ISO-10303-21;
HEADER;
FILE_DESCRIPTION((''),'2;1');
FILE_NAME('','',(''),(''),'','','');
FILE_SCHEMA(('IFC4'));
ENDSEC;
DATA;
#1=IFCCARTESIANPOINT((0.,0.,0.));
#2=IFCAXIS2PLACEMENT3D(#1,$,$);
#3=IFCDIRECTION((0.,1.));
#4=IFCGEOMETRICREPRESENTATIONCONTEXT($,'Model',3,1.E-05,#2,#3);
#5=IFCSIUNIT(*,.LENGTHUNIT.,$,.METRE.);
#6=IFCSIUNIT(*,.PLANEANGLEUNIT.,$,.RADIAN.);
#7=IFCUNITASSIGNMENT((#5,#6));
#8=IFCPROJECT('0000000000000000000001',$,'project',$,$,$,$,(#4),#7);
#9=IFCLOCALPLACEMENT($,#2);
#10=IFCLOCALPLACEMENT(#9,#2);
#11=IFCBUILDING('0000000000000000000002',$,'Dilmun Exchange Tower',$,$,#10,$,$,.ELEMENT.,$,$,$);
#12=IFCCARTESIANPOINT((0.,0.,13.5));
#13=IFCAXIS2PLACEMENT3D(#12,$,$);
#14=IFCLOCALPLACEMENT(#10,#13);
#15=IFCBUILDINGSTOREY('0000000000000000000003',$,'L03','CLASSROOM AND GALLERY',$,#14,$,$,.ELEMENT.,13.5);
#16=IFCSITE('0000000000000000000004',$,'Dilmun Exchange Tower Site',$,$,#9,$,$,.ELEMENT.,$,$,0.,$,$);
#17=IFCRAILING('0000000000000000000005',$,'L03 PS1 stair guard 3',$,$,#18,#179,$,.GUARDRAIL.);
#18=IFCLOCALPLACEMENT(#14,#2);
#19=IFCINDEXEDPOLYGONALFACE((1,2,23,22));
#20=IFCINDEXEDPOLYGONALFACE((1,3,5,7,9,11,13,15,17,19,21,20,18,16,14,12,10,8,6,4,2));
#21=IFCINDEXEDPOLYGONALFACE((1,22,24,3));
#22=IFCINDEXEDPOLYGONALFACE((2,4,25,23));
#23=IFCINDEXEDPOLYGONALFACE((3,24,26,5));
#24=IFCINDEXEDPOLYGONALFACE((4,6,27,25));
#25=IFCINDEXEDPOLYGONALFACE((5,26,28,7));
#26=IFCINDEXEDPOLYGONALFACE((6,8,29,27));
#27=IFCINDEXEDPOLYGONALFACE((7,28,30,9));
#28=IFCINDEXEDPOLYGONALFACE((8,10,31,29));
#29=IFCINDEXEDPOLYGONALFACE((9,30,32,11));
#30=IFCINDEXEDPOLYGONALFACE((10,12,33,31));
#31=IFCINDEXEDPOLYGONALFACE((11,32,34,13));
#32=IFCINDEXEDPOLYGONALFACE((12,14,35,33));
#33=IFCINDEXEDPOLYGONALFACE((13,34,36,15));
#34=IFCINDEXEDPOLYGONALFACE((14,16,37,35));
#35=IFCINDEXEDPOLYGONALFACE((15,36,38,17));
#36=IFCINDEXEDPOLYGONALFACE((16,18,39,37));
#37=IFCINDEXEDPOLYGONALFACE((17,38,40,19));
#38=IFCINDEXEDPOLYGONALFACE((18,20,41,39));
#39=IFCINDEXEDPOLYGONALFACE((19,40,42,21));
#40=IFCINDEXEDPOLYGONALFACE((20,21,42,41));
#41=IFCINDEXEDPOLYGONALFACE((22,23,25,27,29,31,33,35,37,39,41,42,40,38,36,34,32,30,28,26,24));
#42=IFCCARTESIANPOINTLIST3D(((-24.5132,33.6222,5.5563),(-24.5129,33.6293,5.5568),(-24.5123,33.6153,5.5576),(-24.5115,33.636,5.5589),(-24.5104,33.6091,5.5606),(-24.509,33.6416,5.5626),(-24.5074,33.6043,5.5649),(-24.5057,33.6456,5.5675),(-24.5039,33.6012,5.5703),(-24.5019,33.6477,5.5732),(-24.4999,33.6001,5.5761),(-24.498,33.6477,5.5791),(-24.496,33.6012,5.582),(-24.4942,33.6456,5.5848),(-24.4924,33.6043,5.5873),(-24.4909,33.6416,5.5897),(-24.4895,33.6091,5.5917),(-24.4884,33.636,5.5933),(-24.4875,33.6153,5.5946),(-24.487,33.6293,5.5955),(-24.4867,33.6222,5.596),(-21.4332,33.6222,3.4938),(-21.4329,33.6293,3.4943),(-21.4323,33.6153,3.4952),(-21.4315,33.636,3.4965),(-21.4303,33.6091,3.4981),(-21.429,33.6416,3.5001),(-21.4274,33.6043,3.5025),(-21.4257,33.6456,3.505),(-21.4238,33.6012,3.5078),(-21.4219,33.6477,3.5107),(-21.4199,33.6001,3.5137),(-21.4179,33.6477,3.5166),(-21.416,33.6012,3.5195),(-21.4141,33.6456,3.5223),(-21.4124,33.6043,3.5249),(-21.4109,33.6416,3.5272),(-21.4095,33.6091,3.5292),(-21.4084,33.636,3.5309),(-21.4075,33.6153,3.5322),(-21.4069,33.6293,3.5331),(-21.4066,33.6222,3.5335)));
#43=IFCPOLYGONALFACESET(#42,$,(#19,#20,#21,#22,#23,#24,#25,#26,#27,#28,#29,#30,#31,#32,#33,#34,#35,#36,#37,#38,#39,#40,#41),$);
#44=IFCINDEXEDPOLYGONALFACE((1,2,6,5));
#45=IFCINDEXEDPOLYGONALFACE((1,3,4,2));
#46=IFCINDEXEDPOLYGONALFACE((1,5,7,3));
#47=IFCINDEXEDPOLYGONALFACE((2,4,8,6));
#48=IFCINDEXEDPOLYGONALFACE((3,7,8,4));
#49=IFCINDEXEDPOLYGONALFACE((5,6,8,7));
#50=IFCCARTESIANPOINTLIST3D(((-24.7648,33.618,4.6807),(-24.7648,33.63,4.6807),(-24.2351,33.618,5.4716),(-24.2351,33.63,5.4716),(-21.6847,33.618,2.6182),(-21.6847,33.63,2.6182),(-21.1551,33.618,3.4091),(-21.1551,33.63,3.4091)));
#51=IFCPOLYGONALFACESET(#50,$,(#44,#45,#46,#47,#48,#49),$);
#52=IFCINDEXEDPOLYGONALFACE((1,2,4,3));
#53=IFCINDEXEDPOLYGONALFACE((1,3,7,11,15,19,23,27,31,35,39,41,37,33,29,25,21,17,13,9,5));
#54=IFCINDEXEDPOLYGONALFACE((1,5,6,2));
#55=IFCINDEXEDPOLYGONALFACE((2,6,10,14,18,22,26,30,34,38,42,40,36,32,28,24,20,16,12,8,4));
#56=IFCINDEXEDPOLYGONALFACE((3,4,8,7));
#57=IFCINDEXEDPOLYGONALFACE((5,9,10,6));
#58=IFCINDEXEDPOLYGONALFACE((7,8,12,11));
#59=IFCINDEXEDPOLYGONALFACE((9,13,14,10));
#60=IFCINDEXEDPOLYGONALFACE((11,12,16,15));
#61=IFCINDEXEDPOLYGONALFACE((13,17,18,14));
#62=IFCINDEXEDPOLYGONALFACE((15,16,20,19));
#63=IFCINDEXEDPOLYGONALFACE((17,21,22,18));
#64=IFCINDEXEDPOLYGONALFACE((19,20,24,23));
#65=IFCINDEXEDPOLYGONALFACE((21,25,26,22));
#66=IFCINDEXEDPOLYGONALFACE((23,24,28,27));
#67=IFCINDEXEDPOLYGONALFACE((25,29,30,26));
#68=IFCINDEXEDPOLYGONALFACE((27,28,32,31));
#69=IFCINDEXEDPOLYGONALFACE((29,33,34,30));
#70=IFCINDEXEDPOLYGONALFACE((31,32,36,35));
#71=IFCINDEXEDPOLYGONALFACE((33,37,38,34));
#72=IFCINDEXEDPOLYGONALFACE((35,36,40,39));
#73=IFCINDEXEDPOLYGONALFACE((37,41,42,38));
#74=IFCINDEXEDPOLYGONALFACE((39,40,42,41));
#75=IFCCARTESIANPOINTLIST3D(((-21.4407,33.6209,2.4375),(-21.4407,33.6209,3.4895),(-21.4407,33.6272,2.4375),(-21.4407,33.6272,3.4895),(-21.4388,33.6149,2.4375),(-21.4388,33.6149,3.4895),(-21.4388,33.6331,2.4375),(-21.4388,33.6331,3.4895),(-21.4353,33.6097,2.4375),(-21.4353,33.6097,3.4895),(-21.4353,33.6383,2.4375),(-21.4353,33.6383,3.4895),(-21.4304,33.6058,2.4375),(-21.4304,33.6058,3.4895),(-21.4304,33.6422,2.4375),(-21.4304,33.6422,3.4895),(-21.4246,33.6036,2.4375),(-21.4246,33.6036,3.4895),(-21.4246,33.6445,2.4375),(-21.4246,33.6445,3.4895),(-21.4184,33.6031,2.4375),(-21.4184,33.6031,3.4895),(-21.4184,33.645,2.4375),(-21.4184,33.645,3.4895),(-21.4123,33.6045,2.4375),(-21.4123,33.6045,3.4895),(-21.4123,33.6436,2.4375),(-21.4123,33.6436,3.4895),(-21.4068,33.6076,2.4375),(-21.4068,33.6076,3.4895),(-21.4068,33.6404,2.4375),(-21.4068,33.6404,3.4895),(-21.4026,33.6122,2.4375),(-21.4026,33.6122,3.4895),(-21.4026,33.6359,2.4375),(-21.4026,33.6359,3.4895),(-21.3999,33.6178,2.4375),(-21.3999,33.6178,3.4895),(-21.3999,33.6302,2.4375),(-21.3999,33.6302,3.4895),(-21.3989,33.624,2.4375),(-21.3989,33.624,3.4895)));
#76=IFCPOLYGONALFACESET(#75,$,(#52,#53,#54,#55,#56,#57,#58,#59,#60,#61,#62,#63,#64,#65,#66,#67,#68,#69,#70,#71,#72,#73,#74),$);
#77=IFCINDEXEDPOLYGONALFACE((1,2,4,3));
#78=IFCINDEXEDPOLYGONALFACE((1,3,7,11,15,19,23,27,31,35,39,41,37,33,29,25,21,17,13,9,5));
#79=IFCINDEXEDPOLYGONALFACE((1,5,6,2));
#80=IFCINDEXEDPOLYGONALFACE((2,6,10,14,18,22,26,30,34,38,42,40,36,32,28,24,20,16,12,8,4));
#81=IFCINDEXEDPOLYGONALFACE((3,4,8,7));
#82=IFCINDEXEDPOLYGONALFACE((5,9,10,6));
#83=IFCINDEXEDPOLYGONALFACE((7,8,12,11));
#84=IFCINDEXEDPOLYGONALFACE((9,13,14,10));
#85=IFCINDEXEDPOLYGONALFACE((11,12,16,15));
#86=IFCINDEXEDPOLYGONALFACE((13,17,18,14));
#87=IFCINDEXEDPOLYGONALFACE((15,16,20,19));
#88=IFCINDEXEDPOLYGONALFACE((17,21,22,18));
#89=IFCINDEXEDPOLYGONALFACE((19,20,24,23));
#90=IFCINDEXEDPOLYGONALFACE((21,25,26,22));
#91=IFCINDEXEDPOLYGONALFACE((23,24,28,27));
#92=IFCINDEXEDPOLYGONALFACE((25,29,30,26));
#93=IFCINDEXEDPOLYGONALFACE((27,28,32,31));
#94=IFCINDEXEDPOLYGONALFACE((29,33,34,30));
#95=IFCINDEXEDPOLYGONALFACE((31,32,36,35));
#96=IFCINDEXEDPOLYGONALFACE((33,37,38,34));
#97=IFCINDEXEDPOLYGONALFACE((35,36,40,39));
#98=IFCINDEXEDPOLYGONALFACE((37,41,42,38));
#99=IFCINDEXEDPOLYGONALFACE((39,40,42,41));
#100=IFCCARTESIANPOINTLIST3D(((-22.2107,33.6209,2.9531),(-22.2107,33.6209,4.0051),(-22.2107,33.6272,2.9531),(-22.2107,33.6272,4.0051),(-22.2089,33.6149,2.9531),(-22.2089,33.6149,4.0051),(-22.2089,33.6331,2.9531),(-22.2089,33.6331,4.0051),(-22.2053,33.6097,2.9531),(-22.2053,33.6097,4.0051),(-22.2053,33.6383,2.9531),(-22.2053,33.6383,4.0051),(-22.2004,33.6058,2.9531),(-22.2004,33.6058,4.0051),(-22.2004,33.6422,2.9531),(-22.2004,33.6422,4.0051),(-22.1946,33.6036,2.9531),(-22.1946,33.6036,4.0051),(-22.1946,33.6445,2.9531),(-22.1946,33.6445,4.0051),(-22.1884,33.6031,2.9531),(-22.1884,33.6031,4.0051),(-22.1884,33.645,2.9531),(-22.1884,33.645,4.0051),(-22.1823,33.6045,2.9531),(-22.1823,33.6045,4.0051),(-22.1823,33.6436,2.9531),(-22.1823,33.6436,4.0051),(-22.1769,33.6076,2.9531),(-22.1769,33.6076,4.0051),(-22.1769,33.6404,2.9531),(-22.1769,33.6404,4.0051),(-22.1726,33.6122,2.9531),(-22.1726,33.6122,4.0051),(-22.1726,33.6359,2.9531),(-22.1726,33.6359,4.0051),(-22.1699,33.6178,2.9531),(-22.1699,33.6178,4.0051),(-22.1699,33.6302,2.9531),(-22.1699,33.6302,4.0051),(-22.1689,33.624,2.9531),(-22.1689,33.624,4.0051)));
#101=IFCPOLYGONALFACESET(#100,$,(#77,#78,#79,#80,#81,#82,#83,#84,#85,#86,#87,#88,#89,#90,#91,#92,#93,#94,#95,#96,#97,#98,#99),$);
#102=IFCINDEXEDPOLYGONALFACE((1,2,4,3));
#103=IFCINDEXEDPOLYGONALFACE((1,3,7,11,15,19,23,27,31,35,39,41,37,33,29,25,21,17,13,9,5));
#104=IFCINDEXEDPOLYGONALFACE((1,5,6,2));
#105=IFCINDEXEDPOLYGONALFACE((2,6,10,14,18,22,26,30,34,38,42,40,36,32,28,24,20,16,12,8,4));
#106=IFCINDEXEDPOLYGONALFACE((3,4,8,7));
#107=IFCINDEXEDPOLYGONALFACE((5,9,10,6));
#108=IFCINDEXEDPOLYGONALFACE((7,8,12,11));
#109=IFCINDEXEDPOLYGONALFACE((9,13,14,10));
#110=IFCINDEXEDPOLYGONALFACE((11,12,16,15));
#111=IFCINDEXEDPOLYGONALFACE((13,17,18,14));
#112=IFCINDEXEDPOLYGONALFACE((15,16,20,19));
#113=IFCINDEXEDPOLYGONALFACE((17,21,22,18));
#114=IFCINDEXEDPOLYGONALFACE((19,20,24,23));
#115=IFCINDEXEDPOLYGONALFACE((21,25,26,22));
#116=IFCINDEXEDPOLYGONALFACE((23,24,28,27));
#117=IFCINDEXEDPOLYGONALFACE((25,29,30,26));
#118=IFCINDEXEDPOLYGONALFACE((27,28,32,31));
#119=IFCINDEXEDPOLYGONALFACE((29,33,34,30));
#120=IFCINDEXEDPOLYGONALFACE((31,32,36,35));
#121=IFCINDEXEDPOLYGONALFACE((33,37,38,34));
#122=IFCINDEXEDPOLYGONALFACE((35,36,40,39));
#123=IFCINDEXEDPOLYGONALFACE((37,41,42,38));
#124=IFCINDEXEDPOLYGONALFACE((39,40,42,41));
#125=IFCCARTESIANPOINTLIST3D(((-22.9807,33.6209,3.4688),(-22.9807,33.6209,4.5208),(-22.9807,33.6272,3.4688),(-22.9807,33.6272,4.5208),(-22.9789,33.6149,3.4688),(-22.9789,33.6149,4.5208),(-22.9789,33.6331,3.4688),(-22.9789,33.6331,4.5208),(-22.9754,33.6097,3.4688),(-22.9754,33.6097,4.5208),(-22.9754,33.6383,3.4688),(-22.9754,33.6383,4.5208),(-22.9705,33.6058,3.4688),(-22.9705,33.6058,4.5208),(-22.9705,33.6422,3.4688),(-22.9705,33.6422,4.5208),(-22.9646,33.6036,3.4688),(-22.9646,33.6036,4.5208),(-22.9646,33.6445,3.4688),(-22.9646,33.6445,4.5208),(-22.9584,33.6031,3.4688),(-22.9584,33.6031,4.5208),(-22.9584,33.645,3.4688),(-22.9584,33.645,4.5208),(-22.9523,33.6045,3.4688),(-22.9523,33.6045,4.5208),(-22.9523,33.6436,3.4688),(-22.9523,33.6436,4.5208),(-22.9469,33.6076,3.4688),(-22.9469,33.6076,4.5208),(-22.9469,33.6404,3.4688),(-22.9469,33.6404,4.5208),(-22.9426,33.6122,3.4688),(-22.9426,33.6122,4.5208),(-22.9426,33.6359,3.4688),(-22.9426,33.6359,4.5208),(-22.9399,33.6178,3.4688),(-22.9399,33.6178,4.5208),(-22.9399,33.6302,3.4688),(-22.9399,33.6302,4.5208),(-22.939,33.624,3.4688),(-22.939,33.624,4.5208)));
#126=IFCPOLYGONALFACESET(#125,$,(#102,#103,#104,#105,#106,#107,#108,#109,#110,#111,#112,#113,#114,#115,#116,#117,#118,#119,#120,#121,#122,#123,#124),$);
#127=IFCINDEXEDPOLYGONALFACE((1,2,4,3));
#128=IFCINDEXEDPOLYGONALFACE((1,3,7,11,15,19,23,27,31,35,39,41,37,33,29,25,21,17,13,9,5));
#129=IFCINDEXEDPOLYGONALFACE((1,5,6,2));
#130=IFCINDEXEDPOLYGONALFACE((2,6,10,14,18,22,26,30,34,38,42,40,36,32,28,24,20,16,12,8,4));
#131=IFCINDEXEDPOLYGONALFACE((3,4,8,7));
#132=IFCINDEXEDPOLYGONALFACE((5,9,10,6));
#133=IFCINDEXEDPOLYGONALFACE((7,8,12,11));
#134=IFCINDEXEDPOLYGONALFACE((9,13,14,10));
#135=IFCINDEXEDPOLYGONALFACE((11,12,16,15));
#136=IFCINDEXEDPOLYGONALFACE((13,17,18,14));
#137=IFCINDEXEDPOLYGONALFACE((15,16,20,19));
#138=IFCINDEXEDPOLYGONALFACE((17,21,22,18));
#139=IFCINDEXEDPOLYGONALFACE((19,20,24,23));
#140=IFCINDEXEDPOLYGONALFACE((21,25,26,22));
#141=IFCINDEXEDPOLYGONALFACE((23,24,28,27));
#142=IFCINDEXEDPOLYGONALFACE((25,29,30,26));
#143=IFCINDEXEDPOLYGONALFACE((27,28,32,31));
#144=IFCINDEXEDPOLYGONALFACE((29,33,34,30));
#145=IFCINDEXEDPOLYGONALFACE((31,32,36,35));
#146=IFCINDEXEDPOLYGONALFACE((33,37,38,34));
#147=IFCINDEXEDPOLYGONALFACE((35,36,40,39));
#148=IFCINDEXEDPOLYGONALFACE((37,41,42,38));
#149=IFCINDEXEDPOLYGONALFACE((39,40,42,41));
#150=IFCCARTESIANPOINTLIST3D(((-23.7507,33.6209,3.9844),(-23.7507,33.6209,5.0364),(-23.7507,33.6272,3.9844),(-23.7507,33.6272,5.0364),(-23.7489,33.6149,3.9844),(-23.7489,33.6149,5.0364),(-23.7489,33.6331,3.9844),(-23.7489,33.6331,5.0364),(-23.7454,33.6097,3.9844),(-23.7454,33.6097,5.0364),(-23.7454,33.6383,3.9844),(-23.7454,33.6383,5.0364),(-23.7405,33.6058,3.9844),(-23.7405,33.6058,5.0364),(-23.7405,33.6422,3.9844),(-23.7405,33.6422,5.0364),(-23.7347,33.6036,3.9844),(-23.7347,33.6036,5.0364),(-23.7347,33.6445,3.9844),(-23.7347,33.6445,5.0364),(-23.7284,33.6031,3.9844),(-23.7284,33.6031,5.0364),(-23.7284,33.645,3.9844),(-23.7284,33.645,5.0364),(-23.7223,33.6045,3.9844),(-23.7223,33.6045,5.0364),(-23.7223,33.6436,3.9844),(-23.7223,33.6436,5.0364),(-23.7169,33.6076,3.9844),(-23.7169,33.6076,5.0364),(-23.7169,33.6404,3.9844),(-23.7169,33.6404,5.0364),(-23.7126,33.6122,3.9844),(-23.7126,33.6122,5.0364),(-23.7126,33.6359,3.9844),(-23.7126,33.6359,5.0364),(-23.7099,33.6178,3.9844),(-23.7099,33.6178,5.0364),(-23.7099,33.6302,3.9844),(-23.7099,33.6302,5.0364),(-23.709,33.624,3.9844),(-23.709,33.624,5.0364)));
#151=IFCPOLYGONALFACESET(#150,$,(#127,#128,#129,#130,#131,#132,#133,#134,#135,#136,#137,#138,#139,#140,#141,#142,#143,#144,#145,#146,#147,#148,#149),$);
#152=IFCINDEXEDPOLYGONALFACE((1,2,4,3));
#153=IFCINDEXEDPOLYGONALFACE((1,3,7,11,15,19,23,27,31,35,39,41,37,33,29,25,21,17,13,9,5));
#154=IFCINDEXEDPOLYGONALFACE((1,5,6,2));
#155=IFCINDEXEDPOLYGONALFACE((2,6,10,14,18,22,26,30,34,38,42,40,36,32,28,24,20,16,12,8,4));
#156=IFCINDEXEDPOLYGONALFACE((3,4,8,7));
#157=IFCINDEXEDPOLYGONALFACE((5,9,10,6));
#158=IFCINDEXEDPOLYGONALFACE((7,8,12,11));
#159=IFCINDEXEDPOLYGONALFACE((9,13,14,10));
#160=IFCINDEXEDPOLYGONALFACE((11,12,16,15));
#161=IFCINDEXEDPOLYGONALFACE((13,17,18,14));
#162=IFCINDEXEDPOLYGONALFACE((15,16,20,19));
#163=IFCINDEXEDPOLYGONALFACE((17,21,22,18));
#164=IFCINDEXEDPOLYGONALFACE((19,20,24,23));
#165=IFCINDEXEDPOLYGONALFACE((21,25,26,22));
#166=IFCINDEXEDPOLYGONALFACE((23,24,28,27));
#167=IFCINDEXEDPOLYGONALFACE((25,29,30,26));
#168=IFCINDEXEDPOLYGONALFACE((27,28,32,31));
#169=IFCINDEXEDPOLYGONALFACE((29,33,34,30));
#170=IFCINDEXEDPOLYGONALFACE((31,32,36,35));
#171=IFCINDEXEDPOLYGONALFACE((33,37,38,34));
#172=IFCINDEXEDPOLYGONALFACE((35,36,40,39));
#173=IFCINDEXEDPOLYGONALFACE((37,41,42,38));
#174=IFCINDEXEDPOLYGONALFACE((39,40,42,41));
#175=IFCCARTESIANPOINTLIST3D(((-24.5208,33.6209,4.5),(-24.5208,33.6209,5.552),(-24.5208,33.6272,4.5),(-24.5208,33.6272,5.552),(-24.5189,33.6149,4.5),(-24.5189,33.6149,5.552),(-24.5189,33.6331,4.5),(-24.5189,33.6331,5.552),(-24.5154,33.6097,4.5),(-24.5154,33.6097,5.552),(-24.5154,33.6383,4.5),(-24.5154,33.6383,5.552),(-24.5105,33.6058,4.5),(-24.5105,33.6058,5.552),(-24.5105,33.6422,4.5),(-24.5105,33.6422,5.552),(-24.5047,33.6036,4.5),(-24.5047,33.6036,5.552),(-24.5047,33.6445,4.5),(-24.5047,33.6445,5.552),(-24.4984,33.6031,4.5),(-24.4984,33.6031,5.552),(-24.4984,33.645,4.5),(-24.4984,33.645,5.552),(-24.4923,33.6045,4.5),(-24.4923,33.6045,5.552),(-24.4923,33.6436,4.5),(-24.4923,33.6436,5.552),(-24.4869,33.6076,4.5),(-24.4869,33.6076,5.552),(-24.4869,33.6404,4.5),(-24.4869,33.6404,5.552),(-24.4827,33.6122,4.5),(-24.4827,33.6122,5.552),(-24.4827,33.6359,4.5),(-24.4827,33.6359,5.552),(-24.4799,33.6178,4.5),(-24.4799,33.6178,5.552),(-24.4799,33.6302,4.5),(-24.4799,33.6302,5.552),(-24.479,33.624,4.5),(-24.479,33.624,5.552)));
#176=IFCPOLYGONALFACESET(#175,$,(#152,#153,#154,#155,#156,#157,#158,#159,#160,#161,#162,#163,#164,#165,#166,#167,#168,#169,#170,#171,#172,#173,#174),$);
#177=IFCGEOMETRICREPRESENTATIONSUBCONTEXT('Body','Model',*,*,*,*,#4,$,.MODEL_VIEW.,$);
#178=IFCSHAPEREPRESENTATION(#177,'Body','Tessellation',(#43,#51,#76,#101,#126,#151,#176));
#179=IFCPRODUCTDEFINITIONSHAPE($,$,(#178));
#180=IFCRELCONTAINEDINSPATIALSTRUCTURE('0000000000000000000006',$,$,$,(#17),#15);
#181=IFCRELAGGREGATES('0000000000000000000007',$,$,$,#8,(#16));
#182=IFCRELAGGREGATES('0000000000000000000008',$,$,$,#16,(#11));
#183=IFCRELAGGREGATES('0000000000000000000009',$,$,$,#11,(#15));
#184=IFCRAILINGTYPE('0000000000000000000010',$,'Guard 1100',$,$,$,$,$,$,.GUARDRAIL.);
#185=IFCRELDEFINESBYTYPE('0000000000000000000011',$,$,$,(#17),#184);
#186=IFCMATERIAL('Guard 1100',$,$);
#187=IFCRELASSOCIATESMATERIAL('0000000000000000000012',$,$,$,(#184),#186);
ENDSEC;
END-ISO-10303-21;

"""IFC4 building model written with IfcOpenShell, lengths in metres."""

from ifc_helpers import new_model, si_unit, direction, frame, origin, origin_2d, place, context, subcontext, project, spatial, rectangle, circle, extrude, material, type_object, element, save


model = new_model("IFC4")

# Units and contexts
model_context = context("Model", 3, precision=1e-05, world=origin(), true_north=direction((0.0, 1.0)))
body_context = subcontext(model_context, "Body", "Model", "MODEL_VIEW")
ifc_project = project(units=[si_unit("LENGTHUNIT", "METRE"), si_unit("PLANEANGLEUNIT", "RADIAN")], contexts=[model_context])

# Site, building, storey
site_placement = place(None, origin())
site = spatial("IfcSite", under=ifc_project, at=site_placement, Name="Dilmun Exchange Tower Site", CompositionType="ELEMENT", RefElevation=0.0)
building_placement = place(site_placement, origin())
building = spatial("IfcBuilding", under=site, at=building_placement, Name="Dilmun Exchange Tower", CompositionType="ELEMENT")
storey_placement = place(building_placement, frame((0.0, 0.0, 13.5)))
storey = spatial("IfcBuildingStorey", under=building, at=storey_placement, Name="L03", Description="CLASSROOM AND GALLERY", CompositionType="ELEMENT", Elevation=13.5)

# Railing
ifc_material_1 = material(Name="Guard 1100")
railing_type_1 = type_object("IfcRailingType", Name="Guard 1100", PredefinedType="GUARDRAIL", material=ifc_material_1)
railing_1_placement = place(storey_placement, frame((-21.4199, 33.624, 2.4375)))
element("IfcRailing", 1, at=railing_1_placement, inside=storey, type_object=railing_type_1, Name="L03 PS1 stair guard 3", PredefinedType="GUARDRAIL", context=body_context, shape_type="SweptSolid", body=[
    extrude(circle(Radius=0.0239, at=origin_2d()), frame((0.0, 0.0, 1.0762), z_axis=(-0.830914, 0.0, 0.556401), x_axis=(0.0, -1.0, 0.0)), (0.0, 0.0, 1.0), 3.7068),
    extrude(rectangle(XDim=0.012, YDim=0.9519, at=origin_2d()), frame((0.0, 0.0, 0.5762), z_axis=(-0.830914, 0.0, 0.556401), x_axis=(0.0, -1.0, 0.0)), (0.0, 0.0, 1.0), 3.7068),
    extrude(circle(Radius=0.021, at=origin_2d()), origin(), (0.0, 0.0, 1.0), 1.052),
    extrude(circle(Radius=0.021, at=origin_2d()), frame((-0.77, 0.0, 0.5156)), (0.0, 0.0, 1.0), 1.052),
    extrude(circle(Radius=0.021, at=origin_2d()), frame((-1.54, 0.0, 1.0312)), (0.0, 0.0, 1.0), 1.052),
    extrude(circle(Radius=0.021, at=origin_2d()), frame((-2.3101, 0.0, 1.5469)), (0.0, 0.0, 1.0), 1.052),
    extrude(circle(Radius=0.021, at=origin_2d()), frame((-3.0801, 0.0, 2.0625)), (0.0, 0.0, 1.0), 1.052),
])

save(model, "model.ifc")
